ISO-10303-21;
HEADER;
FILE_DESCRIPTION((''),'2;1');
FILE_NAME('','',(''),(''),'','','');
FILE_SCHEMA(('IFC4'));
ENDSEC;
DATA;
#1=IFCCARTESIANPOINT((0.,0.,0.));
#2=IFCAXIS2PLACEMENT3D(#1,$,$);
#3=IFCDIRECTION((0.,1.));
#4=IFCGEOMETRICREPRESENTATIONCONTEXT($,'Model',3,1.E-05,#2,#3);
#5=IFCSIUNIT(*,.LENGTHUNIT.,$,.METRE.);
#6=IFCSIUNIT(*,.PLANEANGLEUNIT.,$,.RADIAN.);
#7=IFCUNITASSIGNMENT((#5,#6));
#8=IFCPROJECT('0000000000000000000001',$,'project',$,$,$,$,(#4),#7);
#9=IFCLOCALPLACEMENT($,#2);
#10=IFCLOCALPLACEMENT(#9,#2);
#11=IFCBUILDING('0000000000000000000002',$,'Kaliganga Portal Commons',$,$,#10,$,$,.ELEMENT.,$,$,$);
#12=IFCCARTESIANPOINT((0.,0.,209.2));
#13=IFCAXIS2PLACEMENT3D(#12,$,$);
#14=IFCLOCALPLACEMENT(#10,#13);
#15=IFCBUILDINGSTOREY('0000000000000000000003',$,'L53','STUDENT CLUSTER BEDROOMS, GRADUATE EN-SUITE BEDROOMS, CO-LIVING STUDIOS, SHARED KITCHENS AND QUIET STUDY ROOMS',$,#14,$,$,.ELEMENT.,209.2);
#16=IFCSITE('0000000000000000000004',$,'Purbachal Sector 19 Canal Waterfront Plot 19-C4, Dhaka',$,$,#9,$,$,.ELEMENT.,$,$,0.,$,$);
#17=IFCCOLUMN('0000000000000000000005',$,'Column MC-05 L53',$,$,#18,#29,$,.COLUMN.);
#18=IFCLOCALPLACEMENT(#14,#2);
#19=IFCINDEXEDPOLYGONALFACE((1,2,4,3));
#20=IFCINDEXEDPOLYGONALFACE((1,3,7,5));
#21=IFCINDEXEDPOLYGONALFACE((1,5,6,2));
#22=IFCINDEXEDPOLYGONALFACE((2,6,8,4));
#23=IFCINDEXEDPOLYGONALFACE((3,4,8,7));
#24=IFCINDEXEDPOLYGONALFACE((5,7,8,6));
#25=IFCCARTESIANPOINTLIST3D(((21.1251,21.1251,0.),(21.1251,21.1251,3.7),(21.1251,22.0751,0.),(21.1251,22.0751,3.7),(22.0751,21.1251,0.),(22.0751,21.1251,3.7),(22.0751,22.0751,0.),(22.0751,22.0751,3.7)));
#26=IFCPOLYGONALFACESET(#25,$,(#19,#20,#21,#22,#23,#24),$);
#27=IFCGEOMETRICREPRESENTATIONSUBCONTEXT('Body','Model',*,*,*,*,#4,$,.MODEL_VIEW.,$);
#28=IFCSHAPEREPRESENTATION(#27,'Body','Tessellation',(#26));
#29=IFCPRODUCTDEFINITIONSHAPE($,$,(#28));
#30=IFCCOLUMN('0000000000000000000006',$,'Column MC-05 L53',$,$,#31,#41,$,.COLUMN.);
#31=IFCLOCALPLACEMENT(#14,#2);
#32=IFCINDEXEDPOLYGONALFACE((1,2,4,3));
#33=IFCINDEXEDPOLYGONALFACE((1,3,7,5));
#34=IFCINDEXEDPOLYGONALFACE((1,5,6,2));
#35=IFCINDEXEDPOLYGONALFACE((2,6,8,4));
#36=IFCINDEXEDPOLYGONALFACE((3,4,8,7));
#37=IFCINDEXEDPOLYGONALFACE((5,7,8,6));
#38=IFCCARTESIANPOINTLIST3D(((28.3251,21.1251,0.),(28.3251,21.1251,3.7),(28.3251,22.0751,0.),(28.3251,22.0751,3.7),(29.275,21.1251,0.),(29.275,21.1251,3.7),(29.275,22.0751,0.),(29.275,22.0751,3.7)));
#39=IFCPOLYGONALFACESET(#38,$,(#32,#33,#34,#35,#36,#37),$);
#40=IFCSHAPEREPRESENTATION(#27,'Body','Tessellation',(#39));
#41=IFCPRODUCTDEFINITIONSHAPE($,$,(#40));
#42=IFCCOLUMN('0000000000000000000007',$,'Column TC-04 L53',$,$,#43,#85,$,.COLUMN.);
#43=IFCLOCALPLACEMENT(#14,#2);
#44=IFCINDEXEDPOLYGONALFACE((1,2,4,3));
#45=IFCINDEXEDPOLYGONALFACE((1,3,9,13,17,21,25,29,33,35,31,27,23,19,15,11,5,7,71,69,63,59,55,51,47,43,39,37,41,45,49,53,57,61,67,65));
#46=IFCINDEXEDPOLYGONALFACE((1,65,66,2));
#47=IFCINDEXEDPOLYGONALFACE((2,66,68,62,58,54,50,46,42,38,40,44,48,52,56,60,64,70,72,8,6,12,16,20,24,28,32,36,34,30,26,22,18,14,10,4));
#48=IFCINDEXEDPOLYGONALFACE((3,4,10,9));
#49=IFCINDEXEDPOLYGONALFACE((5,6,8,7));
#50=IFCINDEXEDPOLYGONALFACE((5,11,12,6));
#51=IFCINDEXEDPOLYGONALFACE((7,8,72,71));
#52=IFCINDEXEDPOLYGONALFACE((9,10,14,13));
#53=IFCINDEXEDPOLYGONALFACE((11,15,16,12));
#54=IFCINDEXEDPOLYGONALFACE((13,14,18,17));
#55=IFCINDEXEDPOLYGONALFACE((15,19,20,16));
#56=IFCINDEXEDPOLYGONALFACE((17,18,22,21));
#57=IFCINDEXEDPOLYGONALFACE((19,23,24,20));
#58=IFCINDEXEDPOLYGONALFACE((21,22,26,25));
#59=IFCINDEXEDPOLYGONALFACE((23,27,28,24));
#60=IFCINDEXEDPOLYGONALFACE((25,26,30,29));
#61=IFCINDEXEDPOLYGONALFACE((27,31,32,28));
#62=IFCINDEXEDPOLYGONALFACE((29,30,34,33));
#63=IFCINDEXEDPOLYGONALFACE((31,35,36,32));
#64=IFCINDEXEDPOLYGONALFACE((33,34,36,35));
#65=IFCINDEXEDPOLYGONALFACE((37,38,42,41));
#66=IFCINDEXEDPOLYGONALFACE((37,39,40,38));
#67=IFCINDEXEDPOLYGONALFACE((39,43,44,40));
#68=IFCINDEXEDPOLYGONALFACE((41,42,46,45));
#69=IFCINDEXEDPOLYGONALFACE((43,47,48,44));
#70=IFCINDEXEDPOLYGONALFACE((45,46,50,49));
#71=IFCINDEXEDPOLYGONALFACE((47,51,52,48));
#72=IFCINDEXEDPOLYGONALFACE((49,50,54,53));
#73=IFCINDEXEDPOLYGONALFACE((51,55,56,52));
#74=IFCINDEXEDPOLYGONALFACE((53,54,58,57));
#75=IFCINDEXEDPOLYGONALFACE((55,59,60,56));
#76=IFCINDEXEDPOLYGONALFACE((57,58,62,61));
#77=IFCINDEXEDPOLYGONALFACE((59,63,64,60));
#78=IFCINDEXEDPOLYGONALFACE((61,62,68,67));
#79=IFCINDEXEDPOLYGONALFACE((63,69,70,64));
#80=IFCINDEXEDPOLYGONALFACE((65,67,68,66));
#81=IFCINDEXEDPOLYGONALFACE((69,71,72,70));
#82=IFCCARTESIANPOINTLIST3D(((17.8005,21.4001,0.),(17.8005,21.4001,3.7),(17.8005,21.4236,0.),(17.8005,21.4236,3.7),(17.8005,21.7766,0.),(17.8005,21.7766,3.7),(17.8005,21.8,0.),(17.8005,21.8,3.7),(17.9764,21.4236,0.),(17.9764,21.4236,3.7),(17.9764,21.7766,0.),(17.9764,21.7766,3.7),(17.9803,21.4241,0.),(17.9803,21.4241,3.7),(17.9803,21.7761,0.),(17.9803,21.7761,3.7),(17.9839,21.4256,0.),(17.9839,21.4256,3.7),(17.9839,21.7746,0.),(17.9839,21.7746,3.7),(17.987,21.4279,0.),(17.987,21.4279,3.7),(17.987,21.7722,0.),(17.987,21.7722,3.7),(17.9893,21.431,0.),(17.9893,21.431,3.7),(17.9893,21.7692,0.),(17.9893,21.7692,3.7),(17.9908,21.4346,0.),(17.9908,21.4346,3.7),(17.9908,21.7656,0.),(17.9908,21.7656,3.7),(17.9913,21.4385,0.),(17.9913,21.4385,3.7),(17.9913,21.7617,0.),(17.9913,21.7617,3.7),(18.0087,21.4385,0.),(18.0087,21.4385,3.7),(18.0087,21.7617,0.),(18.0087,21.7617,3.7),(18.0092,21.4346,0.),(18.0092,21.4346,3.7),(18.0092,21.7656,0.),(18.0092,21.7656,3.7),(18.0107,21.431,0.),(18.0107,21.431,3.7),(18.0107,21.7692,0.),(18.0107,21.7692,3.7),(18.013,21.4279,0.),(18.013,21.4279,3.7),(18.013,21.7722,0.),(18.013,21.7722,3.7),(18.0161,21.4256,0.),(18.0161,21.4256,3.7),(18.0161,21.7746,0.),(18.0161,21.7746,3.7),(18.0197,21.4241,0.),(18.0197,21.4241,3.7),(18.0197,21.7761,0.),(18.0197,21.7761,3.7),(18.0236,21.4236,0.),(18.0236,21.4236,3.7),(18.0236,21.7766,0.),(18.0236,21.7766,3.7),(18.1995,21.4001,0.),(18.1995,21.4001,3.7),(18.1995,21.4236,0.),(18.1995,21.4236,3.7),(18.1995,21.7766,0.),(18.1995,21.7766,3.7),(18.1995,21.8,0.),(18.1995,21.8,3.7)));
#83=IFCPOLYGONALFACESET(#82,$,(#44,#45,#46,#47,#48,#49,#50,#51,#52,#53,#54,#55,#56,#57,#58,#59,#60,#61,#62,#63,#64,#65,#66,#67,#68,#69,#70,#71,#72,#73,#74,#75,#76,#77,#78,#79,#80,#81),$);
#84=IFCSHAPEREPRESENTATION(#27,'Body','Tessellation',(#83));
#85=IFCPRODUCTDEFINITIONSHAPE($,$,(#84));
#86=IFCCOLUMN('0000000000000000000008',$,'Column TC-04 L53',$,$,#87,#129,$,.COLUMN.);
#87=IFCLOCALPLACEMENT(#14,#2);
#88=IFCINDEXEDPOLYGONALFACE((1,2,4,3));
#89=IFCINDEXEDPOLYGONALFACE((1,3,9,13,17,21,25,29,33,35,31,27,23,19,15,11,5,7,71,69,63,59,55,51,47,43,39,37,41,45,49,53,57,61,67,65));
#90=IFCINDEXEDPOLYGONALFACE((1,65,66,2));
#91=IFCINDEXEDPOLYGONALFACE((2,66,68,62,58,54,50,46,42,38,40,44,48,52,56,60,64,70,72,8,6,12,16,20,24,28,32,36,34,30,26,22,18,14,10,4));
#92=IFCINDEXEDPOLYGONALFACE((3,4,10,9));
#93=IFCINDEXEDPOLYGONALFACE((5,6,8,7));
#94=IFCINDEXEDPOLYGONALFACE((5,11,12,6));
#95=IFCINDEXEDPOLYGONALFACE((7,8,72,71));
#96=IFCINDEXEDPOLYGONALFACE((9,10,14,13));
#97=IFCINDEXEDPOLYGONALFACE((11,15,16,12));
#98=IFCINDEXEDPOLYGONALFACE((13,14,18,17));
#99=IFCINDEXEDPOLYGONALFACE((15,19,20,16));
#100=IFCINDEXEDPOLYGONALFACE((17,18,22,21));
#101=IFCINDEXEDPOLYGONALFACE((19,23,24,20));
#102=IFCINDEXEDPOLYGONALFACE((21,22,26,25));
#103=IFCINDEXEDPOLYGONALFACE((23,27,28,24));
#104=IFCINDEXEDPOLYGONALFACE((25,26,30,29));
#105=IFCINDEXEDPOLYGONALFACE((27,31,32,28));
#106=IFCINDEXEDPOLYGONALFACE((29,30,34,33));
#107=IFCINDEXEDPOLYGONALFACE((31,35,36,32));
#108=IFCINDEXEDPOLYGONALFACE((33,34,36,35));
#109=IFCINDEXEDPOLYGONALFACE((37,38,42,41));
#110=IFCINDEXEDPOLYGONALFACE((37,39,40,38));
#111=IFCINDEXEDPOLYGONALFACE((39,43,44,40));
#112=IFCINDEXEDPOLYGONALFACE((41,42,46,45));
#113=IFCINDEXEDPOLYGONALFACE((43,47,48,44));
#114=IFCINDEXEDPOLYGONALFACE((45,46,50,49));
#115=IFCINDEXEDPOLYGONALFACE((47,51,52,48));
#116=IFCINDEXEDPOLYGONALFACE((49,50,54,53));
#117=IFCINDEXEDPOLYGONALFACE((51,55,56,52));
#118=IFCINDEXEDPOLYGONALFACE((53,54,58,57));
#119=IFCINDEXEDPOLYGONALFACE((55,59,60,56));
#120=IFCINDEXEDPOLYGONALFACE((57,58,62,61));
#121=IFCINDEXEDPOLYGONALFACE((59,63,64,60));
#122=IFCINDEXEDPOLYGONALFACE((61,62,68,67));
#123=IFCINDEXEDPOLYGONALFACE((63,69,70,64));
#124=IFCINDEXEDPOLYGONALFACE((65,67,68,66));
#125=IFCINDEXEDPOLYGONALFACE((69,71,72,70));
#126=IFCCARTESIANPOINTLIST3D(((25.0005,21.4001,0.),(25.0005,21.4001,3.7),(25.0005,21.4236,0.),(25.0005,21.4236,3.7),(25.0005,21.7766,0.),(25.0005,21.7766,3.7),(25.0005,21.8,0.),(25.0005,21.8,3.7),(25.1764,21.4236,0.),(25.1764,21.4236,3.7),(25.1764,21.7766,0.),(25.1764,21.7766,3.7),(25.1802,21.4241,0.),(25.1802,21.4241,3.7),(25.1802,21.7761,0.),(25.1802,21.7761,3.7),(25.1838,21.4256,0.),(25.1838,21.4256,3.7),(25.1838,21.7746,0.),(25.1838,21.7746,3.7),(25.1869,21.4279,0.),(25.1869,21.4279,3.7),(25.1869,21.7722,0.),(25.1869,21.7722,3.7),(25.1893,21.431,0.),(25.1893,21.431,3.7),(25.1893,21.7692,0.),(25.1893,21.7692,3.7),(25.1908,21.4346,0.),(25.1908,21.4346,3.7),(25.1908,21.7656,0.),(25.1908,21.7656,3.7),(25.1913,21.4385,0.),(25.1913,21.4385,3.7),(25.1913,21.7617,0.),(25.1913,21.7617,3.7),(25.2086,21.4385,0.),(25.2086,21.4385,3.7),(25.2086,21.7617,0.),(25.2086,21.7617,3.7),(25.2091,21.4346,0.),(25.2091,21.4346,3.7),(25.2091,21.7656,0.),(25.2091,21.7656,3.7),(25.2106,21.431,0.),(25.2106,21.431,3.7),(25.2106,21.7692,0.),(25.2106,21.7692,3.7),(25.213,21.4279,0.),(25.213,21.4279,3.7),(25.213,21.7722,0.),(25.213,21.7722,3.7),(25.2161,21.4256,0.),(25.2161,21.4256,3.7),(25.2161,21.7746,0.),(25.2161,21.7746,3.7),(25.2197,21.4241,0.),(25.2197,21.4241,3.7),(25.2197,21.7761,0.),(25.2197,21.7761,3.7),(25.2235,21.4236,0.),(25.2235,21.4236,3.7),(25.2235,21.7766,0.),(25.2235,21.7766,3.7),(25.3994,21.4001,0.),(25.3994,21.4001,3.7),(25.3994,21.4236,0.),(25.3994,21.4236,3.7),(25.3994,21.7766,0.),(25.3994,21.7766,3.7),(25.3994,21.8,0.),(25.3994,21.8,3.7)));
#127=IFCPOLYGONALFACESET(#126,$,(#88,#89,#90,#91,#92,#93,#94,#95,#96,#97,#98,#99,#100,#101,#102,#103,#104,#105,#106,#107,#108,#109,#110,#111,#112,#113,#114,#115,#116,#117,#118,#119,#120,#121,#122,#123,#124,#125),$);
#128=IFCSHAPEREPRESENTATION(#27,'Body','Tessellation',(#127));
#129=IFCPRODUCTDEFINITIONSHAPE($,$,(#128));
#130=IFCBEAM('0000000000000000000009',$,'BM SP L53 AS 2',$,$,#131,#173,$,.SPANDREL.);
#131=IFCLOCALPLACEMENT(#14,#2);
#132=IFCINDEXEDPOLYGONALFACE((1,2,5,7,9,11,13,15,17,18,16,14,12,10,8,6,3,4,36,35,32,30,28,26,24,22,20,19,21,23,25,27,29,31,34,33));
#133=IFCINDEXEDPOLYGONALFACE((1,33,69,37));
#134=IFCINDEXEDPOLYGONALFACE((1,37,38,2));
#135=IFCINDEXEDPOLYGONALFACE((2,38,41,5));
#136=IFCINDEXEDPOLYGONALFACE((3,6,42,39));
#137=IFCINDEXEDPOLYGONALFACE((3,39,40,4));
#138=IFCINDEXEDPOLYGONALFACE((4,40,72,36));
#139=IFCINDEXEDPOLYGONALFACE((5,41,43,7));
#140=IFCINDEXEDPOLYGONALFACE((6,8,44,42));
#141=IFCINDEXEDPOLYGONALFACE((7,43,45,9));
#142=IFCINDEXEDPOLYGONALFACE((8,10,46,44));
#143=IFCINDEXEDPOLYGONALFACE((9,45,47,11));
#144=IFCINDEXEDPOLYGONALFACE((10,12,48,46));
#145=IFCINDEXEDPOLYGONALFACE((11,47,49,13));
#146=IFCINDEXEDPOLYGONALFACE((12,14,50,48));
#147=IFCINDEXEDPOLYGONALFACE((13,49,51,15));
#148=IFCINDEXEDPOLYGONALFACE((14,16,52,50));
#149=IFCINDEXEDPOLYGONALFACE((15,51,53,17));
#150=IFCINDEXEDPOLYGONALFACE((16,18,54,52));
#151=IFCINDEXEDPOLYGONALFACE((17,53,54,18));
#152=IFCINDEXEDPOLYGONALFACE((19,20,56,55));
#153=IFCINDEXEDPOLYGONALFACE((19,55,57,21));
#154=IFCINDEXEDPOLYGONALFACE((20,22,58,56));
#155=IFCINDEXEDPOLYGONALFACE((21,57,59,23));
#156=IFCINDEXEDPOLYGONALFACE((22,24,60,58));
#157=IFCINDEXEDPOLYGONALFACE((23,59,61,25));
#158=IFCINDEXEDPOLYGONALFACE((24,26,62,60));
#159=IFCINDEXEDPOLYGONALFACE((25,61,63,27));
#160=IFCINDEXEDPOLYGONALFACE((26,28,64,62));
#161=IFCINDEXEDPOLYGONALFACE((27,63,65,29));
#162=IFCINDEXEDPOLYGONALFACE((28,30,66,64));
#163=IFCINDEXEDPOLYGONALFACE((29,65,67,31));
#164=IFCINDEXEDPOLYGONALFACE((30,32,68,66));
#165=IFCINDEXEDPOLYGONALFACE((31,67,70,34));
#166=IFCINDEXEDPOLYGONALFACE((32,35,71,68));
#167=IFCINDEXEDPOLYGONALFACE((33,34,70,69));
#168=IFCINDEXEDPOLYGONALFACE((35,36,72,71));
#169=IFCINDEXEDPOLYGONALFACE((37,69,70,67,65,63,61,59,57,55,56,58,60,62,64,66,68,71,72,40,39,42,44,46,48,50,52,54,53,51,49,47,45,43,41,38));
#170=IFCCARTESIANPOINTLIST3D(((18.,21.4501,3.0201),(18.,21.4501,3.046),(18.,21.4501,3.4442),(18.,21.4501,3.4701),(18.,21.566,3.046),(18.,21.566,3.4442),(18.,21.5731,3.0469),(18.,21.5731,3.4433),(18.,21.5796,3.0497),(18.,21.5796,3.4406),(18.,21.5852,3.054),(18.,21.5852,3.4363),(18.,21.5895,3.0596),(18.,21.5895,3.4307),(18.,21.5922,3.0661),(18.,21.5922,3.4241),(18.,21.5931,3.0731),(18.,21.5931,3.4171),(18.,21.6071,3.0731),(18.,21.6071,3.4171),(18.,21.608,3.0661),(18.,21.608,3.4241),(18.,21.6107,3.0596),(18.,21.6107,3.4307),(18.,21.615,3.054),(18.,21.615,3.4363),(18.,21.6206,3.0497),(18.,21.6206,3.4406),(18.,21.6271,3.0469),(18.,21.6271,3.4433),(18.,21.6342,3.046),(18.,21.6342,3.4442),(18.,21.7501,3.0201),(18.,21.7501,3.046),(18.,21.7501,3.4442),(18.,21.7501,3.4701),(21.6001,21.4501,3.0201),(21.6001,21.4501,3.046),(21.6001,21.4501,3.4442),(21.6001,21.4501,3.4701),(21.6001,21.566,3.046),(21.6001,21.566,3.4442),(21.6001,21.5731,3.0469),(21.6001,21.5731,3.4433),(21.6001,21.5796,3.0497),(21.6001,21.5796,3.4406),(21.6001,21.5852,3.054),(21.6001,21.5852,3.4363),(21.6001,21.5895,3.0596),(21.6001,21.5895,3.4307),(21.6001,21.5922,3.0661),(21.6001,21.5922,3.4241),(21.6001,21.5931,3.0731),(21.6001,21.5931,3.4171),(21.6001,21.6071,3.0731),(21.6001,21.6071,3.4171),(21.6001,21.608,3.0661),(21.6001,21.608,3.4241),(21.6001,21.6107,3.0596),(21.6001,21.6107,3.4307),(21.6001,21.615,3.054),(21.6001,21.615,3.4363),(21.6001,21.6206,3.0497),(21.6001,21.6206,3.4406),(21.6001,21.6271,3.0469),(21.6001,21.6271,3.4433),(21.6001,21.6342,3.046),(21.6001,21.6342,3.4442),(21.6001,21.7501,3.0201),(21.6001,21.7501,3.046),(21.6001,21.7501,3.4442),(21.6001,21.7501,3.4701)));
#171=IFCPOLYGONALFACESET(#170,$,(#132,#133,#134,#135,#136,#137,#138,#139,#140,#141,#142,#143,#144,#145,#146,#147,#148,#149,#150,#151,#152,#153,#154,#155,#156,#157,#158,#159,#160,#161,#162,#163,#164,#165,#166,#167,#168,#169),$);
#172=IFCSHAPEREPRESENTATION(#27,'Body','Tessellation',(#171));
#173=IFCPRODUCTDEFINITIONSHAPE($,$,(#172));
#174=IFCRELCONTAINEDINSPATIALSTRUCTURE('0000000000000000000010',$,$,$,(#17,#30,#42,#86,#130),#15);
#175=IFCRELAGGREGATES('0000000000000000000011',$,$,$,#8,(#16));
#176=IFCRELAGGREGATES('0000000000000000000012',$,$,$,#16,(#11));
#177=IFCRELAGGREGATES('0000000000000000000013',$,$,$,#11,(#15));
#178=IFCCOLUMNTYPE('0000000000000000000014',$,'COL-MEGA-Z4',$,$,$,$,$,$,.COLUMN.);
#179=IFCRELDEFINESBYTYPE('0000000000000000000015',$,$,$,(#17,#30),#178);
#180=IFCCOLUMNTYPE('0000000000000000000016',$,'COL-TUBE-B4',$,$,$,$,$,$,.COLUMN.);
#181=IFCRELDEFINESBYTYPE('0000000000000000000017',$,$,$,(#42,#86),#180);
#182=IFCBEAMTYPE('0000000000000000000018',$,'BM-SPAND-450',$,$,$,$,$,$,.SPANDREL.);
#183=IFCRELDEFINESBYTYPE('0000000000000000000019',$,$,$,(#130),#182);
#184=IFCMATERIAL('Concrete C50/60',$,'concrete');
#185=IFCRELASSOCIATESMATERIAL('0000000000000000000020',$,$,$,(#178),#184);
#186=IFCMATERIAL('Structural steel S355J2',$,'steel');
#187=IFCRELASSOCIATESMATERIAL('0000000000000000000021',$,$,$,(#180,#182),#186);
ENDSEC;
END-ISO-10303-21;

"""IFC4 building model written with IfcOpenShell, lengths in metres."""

from ifc_helpers import new_model, si_unit, direction, frame, origin, origin_2d, place, context, subcontext, project, spatial, rectangle, i_section, extrude, source, transform, mapped, material, material_profile, profile_set, type_object, element, save


model = new_model("IFC4")

# Units and contexts
model_context = context("Model", 3, precision=1e-05, world=origin(), true_north=direction((0.0, 1.0)))
body_context = subcontext(model_context, "Body", "Model", "MODEL_VIEW")
ifc_project = project(units=[si_unit("LENGTHUNIT", "METRE"), si_unit("PLANEANGLEUNIT", "RADIAN")], contexts=[model_context])

# Site, building, storey
site_placement = place(None, origin())
site = spatial("IfcSite", under=ifc_project, at=site_placement, Name="Purbachal Sector 19 Canal Waterfront Plot 19-C4, Dhaka", CompositionType="ELEMENT", RefElevation=0.0)
building_placement = place(site_placement, origin())
building = spatial("IfcBuilding", under=site, at=building_placement, Name="Kaliganga Portal Commons", CompositionType="ELEMENT")
storey_placement = place(building_placement, frame((0.0, 0.0, 209.2)))
storey = spatial("IfcBuildingStorey", under=building, at=storey_placement, Name="L53", Description="STUDENT CLUSTER BEDROOMS, GRADUATE EN-SUITE BEDROOMS, CO-LIVING STUDIOS, SHARED KITCHENS AND QUIET STUDY ROOMS", CompositionType="ELEMENT", Elevation=209.2)

# Columns
ifc_material_1 = material(Name="Concrete C50/60", Category="concrete")
ifc_material_profile_1 = material_profile(ifc_material_1, rectangle(XDim=0.95, YDim=0.95, at=origin_2d()), Name="RC 950x950")
ifc_profile_set_1 = profile_set([ifc_material_profile_1], Name="Concrete C50/60")
column_type_1 = type_object("IfcColumnType", Name="COL-MEGA-Z4", PredefinedType="COLUMN", material=ifc_profile_set_1)
shared_shape_1 = source(origin(), body_context, "Body", "SweptSolid", [
    extrude(rectangle(XDim=0.95, YDim=0.95, at=origin_2d()), origin(), (0.0, 0.0, 1.0), 3.7),
])
for number, where, z_axis, x_axis, name in (
    (1, (21.6001, 21.6001, 0.0), (0.0, 0.0, 1.0), (1.0, 0.0, 0.0), "Column MC-05 L53"),
    (2, (28.8, 21.6001, 0.0), (0.0, 0.0, 1.0), (1.0, 0.0, 0.0), "Column MC-05 L53"),
):
    element("IfcColumn", number, at=place(storey_placement, frame(where, z_axis=z_axis, x_axis=x_axis)), inside=storey, type_object=column_type_1, Name=name, PredefinedType="COLUMN", context=body_context, shape_type="MappedRepresentation", body=[
        mapped(shared_shape_1, transform((0.0, 0.0, 0.0), x_axis=(1.0, 0.0, 0.0), y_axis=(0.0, 1.0, 0.0), z_axis=(0.0, 0.0, 1.0), scale=1.0)),
    ])
ifc_material_2 = material(Name="Structural steel S355J2", Category="steel")
ifc_material_profile_2 = material_profile(ifc_material_2, i_section(OverallWidth=0.3989, OverallDepth=0.3999, WebThickness=0.0173, FlangeThickness=0.0234, FilletRadius=0.0149, at=origin_2d()), Name="HD 400x287")
ifc_profile_set_2 = profile_set([ifc_material_profile_2], Name="Structural steel S355J2 wide-flange")
column_type_2 = type_object("IfcColumnType", Name="COL-TUBE-B4", PredefinedType="COLUMN", material=ifc_profile_set_2)
shared_shape_2 = source(origin(), body_context, "Body", "SweptSolid", [
    extrude(i_section(OverallWidth=0.3989, OverallDepth=0.3999, WebThickness=0.0173, FlangeThickness=0.0234, FilletRadius=0.0149, at=origin_2d()), origin(), (0.0, 0.0, 1.0), 3.7),
])
for number, where, z_axis, x_axis, name in (
    (3, (18.0, 21.6001, 0.0), (0.0, 0.0, 1.0), (1.0, 0.0, 0.0), "Column TC-04 L53"),
    (4, (25.2, 21.6001, 0.0), (0.0, 0.0, 1.0), (1.0, 0.0, 0.0), "Column TC-04 L53"),
):
    element("IfcColumn", number, at=place(storey_placement, frame(where, z_axis=z_axis, x_axis=x_axis)), inside=storey, type_object=column_type_2, Name=name, PredefinedType="COLUMN", context=body_context, shape_type="MappedRepresentation", body=[
        mapped(shared_shape_2, transform((0.0, 0.0, 0.0), x_axis=(1.0, 0.0, 0.0), y_axis=(0.0, 1.0, 0.0), z_axis=(0.0, 0.0, 1.0), scale=1.0)),
    ])

# Beam
ifc_material_profile_3 = material_profile(ifc_material_2, i_section(OverallWidth=0.3, OverallDepth=0.45, WebThickness=0.0139, FlangeThickness=0.0259, FilletRadius=0.0271, at=origin_2d()), Name="HE 450 B")
ifc_profile_set_3 = profile_set([ifc_material_profile_3], Name="Structural steel S355J2 wide-flange")
beam_type_1 = type_object("IfcBeamType", Name="BM-SPAND-450", PredefinedType="SPANDREL", material=ifc_profile_set_3)
shared_shape_3 = source(origin(), body_context, "Body", "SweptSolid", [
    extrude(i_section(OverallWidth=0.3, OverallDepth=0.45, WebThickness=0.0139, FlangeThickness=0.0259, FilletRadius=0.0271, at=origin_2d()), origin(), (0.0, 0.0, 1.0), 3.6001),
])
for number, where, z_axis, x_axis, name in (
    (5, (18.0, 21.6001, 3.2451), (1.0, 0.0, 0.0), (0.0, 1.0, 0.0), "BM SP L53 AS 2"),
):
    element("IfcBeam", number, at=place(storey_placement, frame(where, z_axis=z_axis, x_axis=x_axis)), inside=storey, type_object=beam_type_1, Name=name, PredefinedType="SPANDREL", context=body_context, shape_type="MappedRepresentation", body=[
        mapped(shared_shape_3, transform((0.0, 0.0, 0.0), x_axis=(1.0, 0.0, 0.0), y_axis=(0.0, 1.0, 0.0), z_axis=(0.0, 0.0, 1.0), scale=1.0)),
    ])

save(model, "model.ifc")
